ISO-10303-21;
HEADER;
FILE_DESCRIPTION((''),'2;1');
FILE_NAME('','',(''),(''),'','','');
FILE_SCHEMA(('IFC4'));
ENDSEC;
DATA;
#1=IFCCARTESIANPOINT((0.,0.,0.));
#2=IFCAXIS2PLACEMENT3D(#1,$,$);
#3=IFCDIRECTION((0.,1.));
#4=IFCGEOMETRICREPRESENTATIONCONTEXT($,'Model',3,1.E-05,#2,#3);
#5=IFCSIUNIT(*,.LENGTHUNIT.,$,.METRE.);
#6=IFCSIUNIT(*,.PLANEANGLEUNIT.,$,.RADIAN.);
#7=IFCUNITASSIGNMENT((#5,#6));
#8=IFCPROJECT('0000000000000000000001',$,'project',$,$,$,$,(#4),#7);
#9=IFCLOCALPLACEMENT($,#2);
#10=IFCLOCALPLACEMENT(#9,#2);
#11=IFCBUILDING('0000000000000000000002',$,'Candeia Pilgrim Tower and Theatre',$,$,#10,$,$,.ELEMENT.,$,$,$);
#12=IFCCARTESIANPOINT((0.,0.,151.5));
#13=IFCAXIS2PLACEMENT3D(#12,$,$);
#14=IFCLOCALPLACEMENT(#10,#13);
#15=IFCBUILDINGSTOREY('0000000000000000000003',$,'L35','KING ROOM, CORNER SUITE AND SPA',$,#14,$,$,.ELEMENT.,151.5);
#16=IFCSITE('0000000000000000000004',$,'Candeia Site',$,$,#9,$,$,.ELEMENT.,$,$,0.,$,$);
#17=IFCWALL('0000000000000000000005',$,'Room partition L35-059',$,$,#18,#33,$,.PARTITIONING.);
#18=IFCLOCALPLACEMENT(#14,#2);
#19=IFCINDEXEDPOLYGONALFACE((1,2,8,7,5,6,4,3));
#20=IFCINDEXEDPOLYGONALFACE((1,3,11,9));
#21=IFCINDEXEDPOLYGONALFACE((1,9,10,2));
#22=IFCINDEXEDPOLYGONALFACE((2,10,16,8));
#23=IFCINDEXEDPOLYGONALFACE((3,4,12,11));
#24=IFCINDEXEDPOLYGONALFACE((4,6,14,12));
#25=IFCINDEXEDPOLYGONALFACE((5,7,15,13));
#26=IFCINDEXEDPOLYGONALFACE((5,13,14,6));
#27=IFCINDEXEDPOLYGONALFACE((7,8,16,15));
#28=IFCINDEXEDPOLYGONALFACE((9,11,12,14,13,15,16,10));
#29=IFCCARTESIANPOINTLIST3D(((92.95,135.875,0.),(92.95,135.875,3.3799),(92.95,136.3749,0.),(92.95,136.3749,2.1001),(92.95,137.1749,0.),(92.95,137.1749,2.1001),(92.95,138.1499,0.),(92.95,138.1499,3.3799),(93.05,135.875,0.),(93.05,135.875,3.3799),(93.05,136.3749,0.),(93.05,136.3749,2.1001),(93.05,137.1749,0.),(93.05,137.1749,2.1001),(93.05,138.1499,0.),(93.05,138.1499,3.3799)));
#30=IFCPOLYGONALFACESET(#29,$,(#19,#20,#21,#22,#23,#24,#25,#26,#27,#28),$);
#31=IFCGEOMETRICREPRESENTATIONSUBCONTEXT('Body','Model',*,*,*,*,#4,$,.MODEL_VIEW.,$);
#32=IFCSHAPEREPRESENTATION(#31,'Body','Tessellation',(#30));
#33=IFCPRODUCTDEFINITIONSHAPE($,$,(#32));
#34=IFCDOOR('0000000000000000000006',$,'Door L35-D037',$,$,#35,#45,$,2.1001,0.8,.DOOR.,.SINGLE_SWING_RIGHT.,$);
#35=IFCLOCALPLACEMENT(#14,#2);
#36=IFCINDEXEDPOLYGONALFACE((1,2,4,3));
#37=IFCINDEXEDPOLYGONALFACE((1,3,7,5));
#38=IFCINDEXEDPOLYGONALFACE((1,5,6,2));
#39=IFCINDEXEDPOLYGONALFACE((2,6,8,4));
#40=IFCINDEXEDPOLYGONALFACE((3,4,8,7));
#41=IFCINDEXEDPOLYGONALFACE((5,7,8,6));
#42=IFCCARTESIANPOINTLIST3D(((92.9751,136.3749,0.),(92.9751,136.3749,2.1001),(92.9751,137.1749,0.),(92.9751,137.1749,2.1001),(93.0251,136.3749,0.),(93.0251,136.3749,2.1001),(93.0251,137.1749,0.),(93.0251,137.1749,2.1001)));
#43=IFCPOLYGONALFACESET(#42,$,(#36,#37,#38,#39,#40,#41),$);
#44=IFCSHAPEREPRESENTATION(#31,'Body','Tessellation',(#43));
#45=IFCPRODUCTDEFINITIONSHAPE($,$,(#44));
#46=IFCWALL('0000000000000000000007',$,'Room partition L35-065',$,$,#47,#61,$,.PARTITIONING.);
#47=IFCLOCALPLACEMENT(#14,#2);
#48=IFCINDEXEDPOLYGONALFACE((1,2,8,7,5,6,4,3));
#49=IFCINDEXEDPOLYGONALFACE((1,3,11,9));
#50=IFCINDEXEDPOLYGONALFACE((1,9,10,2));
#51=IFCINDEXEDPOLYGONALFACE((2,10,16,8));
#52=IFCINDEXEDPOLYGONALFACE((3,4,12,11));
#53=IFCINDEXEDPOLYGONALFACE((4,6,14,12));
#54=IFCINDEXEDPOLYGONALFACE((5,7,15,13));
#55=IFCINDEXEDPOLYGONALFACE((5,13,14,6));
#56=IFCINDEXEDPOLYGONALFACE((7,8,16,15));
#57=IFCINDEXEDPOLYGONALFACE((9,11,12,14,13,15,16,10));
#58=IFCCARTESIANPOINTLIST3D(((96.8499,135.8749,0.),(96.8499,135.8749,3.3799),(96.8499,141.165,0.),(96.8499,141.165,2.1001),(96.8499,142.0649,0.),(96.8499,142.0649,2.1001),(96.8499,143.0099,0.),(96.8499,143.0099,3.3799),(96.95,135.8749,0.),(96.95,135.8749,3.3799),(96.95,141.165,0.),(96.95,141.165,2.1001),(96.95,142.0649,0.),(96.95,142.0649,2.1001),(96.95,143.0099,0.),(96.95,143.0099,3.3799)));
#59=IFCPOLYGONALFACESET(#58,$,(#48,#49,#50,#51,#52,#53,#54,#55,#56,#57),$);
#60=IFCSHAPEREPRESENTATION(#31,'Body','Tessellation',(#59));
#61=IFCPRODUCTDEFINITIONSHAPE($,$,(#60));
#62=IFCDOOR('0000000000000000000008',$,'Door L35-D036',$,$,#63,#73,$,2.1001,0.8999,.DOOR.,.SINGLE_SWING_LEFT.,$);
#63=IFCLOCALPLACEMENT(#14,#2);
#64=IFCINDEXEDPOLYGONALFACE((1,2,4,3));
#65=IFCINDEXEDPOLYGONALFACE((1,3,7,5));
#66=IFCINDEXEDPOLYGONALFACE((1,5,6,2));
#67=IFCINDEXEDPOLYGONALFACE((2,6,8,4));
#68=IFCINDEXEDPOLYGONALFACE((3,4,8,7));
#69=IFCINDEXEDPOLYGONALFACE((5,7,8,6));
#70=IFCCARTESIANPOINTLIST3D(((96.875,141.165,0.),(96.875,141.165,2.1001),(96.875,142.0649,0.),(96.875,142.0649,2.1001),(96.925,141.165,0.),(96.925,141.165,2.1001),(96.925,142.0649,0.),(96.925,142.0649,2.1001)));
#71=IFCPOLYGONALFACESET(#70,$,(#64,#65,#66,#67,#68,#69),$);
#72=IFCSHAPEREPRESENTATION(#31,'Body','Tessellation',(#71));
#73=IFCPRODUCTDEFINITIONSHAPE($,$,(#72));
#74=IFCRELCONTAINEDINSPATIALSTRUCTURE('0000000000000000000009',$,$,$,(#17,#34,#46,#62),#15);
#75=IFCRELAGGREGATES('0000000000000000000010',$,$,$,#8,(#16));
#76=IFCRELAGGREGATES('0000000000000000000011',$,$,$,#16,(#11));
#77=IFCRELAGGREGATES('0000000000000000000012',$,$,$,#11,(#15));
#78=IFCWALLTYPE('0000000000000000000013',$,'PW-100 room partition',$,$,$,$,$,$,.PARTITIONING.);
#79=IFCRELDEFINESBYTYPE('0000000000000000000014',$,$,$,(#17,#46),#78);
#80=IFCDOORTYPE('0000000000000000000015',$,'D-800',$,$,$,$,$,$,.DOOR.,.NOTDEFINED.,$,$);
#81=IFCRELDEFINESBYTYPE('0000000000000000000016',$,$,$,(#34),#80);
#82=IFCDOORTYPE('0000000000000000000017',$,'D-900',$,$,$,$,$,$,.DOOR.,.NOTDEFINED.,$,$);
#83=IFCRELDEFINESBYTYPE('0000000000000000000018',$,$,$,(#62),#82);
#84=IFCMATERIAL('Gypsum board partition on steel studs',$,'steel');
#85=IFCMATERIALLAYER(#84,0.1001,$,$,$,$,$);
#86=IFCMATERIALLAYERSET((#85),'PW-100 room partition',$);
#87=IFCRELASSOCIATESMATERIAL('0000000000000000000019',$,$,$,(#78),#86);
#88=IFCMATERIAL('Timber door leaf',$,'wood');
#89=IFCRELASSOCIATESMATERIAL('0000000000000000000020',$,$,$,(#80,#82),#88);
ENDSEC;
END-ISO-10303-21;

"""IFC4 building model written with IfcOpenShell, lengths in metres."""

from ifc_helpers import new_model, si_unit, direction, frame, frame_2d, origin, place, context, subcontext, project, spatial, rectangle, extrude, material, layer, layer_set, type_object, element, fill, save


model = new_model("IFC4")

# Units and contexts
model_context = context("Model", 3, precision=1e-05, world=origin(), true_north=direction((0.0, 1.0)))
body_context = subcontext(model_context, "Body", "Model", "MODEL_VIEW")
ifc_project = project(units=[si_unit("LENGTHUNIT", "METRE"), si_unit("PLANEANGLEUNIT", "RADIAN")], contexts=[model_context])

# Site, building, storey
site_placement = place(None, origin())
site = spatial("IfcSite", under=ifc_project, at=site_placement, Name="Candeia Site", CompositionType="ELEMENT", RefElevation=0.0)
building_placement = place(site_placement, origin())
building = spatial("IfcBuilding", under=site, at=building_placement, Name="Candeia Pilgrim Tower and Theatre", CompositionType="ELEMENT")
storey_placement = place(building_placement, frame((0.0, 0.0, 151.5)))
storey = spatial("IfcBuildingStorey", under=building, at=storey_placement, Name="L35", Description="KING ROOM, CORNER SUITE AND SPA", CompositionType="ELEMENT", Elevation=151.5)

# Shared definitions
ifc_material_1 = material(Name="Gypsum board partition on steel studs", Category="steel")
ifc_layer_1 = layer(ifc_material_1, 0.1001)
ifc_layer_set_1 = layer_set([ifc_layer_1], Name="PW-100 room partition")
wall_type_1 = type_object("IfcWallType", Name="PW-100 room partition", PredefinedType="PARTITIONING", material=ifc_layer_set_1)

# Walls, openings, doors
wall_1_placement = place(storey_placement, frame((93.0, 135.875, 0.0), z_axis=(0.0, 0.0, 1.0), x_axis=(0.0, 1.0, 0.0)))
wall_1 = element("IfcWall", 1, at=wall_1_placement, inside=storey, type_object=wall_type_1, Name="Room partition L35-059", PredefinedType="PARTITIONING", context=body_context, shape_type="SweptSolid", body=[
    extrude(rectangle(XDim=2.2749, YDim=0.1001, at=frame_2d((1.1375, 0.0))), origin(), (0.0, 0.0, 1.0), 3.3799),
])
opening_1_placement = place(wall_1_placement, frame((0.5, 0.0, 0.0)))
opening_1 = element("IfcOpeningElement", 2, at=opening_1_placement, cuts=wall_1, PredefinedType="OPENING", context=body_context, shape_type="SweptSolid", body=[
    extrude(rectangle(XDim=0.8, YDim=2.1001, at=frame_2d((0.3999, 1.05))), frame((0.0, 0.0601, 0.0), z_axis=(0.0, -1.0, 0.0), x_axis=(1.0, 0.0, 0.0)), (0.0, 0.0, 1.0), 0.1201),
])
ifc_material_2 = material(Name="Timber door leaf", Category="wood")
door_type_1 = type_object("IfcDoorType", Name="D-800", OperationType="NOTDEFINED", PredefinedType="DOOR", material=ifc_material_2)
door_1_placement = place(opening_1_placement, origin())
door_1 = element("IfcDoor", 3, at=door_1_placement, inside=storey, type_object=door_type_1, Name="Door L35-D037", OperationType="SINGLE_SWING_RIGHT", OverallHeight=2.1001, OverallWidth=0.8, PredefinedType="DOOR", context=body_context, shape_type="SweptSolid", body=[
    extrude(rectangle(XDim=0.8, YDim=2.1001, at=frame_2d((0.3999, 1.05))), frame((0.0, 0.0249, 0.0), z_axis=(0.0, -1.0, 0.0), x_axis=(1.0, 0.0, 0.0)), (0.0, 0.0, 1.0), 0.05),
])
fill(opening_1, door_1)
wall_2_placement = place(storey_placement, frame((96.8999, 135.875, 0.0), z_axis=(0.0, 0.0, 1.0), x_axis=(0.0, 1.0, 0.0)))
wall_2 = element("IfcWall", 4, at=wall_2_placement, inside=storey, type_object=wall_type_1, Name="Room partition L35-065", PredefinedType="PARTITIONING", context=body_context, shape_type="SweptSolid", body=[
    extrude(rectangle(XDim=7.135, YDim=0.1001, at=frame_2d((3.5674, 0.0))), origin(), (0.0, 0.0, 1.0), 3.3799),
])
opening_2_placement = place(wall_2_placement, frame((5.29, 0.0, 0.0)))
opening_2 = element("IfcOpeningElement", 5, at=opening_2_placement, cuts=wall_2, PredefinedType="OPENING", context=body_context, shape_type="SweptSolid", body=[
    extrude(rectangle(XDim=0.8999, YDim=2.1001, at=frame_2d((0.45, 1.05))), frame((0.0, 0.0601, 0.0), z_axis=(0.0, -1.0, 0.0), x_axis=(1.0, 0.0, 0.0)), (0.0, 0.0, 1.0), 0.1201),
])
door_type_2 = type_object("IfcDoorType", Name="D-900", OperationType="NOTDEFINED", PredefinedType="DOOR", material=ifc_material_2)
door_2_placement = place(opening_2_placement, origin())
door_2 = element("IfcDoor", 6, at=door_2_placement, inside=storey, type_object=door_type_2, Name="Door L35-D036", OperationType="SINGLE_SWING_LEFT", OverallHeight=2.1001, OverallWidth=0.8999, PredefinedType="DOOR", context=body_context, shape_type="SweptSolid", body=[
    extrude(rectangle(XDim=0.8999, YDim=2.1001, at=frame_2d((0.45, 1.05))), frame((0.0, 0.0249, 0.0), z_axis=(0.0, -1.0, 0.0), x_axis=(1.0, 0.0, 0.0)), (0.0, 0.0, 1.0), 0.05),
])
fill(opening_2, door_2)

save(model, "model.ifc")
